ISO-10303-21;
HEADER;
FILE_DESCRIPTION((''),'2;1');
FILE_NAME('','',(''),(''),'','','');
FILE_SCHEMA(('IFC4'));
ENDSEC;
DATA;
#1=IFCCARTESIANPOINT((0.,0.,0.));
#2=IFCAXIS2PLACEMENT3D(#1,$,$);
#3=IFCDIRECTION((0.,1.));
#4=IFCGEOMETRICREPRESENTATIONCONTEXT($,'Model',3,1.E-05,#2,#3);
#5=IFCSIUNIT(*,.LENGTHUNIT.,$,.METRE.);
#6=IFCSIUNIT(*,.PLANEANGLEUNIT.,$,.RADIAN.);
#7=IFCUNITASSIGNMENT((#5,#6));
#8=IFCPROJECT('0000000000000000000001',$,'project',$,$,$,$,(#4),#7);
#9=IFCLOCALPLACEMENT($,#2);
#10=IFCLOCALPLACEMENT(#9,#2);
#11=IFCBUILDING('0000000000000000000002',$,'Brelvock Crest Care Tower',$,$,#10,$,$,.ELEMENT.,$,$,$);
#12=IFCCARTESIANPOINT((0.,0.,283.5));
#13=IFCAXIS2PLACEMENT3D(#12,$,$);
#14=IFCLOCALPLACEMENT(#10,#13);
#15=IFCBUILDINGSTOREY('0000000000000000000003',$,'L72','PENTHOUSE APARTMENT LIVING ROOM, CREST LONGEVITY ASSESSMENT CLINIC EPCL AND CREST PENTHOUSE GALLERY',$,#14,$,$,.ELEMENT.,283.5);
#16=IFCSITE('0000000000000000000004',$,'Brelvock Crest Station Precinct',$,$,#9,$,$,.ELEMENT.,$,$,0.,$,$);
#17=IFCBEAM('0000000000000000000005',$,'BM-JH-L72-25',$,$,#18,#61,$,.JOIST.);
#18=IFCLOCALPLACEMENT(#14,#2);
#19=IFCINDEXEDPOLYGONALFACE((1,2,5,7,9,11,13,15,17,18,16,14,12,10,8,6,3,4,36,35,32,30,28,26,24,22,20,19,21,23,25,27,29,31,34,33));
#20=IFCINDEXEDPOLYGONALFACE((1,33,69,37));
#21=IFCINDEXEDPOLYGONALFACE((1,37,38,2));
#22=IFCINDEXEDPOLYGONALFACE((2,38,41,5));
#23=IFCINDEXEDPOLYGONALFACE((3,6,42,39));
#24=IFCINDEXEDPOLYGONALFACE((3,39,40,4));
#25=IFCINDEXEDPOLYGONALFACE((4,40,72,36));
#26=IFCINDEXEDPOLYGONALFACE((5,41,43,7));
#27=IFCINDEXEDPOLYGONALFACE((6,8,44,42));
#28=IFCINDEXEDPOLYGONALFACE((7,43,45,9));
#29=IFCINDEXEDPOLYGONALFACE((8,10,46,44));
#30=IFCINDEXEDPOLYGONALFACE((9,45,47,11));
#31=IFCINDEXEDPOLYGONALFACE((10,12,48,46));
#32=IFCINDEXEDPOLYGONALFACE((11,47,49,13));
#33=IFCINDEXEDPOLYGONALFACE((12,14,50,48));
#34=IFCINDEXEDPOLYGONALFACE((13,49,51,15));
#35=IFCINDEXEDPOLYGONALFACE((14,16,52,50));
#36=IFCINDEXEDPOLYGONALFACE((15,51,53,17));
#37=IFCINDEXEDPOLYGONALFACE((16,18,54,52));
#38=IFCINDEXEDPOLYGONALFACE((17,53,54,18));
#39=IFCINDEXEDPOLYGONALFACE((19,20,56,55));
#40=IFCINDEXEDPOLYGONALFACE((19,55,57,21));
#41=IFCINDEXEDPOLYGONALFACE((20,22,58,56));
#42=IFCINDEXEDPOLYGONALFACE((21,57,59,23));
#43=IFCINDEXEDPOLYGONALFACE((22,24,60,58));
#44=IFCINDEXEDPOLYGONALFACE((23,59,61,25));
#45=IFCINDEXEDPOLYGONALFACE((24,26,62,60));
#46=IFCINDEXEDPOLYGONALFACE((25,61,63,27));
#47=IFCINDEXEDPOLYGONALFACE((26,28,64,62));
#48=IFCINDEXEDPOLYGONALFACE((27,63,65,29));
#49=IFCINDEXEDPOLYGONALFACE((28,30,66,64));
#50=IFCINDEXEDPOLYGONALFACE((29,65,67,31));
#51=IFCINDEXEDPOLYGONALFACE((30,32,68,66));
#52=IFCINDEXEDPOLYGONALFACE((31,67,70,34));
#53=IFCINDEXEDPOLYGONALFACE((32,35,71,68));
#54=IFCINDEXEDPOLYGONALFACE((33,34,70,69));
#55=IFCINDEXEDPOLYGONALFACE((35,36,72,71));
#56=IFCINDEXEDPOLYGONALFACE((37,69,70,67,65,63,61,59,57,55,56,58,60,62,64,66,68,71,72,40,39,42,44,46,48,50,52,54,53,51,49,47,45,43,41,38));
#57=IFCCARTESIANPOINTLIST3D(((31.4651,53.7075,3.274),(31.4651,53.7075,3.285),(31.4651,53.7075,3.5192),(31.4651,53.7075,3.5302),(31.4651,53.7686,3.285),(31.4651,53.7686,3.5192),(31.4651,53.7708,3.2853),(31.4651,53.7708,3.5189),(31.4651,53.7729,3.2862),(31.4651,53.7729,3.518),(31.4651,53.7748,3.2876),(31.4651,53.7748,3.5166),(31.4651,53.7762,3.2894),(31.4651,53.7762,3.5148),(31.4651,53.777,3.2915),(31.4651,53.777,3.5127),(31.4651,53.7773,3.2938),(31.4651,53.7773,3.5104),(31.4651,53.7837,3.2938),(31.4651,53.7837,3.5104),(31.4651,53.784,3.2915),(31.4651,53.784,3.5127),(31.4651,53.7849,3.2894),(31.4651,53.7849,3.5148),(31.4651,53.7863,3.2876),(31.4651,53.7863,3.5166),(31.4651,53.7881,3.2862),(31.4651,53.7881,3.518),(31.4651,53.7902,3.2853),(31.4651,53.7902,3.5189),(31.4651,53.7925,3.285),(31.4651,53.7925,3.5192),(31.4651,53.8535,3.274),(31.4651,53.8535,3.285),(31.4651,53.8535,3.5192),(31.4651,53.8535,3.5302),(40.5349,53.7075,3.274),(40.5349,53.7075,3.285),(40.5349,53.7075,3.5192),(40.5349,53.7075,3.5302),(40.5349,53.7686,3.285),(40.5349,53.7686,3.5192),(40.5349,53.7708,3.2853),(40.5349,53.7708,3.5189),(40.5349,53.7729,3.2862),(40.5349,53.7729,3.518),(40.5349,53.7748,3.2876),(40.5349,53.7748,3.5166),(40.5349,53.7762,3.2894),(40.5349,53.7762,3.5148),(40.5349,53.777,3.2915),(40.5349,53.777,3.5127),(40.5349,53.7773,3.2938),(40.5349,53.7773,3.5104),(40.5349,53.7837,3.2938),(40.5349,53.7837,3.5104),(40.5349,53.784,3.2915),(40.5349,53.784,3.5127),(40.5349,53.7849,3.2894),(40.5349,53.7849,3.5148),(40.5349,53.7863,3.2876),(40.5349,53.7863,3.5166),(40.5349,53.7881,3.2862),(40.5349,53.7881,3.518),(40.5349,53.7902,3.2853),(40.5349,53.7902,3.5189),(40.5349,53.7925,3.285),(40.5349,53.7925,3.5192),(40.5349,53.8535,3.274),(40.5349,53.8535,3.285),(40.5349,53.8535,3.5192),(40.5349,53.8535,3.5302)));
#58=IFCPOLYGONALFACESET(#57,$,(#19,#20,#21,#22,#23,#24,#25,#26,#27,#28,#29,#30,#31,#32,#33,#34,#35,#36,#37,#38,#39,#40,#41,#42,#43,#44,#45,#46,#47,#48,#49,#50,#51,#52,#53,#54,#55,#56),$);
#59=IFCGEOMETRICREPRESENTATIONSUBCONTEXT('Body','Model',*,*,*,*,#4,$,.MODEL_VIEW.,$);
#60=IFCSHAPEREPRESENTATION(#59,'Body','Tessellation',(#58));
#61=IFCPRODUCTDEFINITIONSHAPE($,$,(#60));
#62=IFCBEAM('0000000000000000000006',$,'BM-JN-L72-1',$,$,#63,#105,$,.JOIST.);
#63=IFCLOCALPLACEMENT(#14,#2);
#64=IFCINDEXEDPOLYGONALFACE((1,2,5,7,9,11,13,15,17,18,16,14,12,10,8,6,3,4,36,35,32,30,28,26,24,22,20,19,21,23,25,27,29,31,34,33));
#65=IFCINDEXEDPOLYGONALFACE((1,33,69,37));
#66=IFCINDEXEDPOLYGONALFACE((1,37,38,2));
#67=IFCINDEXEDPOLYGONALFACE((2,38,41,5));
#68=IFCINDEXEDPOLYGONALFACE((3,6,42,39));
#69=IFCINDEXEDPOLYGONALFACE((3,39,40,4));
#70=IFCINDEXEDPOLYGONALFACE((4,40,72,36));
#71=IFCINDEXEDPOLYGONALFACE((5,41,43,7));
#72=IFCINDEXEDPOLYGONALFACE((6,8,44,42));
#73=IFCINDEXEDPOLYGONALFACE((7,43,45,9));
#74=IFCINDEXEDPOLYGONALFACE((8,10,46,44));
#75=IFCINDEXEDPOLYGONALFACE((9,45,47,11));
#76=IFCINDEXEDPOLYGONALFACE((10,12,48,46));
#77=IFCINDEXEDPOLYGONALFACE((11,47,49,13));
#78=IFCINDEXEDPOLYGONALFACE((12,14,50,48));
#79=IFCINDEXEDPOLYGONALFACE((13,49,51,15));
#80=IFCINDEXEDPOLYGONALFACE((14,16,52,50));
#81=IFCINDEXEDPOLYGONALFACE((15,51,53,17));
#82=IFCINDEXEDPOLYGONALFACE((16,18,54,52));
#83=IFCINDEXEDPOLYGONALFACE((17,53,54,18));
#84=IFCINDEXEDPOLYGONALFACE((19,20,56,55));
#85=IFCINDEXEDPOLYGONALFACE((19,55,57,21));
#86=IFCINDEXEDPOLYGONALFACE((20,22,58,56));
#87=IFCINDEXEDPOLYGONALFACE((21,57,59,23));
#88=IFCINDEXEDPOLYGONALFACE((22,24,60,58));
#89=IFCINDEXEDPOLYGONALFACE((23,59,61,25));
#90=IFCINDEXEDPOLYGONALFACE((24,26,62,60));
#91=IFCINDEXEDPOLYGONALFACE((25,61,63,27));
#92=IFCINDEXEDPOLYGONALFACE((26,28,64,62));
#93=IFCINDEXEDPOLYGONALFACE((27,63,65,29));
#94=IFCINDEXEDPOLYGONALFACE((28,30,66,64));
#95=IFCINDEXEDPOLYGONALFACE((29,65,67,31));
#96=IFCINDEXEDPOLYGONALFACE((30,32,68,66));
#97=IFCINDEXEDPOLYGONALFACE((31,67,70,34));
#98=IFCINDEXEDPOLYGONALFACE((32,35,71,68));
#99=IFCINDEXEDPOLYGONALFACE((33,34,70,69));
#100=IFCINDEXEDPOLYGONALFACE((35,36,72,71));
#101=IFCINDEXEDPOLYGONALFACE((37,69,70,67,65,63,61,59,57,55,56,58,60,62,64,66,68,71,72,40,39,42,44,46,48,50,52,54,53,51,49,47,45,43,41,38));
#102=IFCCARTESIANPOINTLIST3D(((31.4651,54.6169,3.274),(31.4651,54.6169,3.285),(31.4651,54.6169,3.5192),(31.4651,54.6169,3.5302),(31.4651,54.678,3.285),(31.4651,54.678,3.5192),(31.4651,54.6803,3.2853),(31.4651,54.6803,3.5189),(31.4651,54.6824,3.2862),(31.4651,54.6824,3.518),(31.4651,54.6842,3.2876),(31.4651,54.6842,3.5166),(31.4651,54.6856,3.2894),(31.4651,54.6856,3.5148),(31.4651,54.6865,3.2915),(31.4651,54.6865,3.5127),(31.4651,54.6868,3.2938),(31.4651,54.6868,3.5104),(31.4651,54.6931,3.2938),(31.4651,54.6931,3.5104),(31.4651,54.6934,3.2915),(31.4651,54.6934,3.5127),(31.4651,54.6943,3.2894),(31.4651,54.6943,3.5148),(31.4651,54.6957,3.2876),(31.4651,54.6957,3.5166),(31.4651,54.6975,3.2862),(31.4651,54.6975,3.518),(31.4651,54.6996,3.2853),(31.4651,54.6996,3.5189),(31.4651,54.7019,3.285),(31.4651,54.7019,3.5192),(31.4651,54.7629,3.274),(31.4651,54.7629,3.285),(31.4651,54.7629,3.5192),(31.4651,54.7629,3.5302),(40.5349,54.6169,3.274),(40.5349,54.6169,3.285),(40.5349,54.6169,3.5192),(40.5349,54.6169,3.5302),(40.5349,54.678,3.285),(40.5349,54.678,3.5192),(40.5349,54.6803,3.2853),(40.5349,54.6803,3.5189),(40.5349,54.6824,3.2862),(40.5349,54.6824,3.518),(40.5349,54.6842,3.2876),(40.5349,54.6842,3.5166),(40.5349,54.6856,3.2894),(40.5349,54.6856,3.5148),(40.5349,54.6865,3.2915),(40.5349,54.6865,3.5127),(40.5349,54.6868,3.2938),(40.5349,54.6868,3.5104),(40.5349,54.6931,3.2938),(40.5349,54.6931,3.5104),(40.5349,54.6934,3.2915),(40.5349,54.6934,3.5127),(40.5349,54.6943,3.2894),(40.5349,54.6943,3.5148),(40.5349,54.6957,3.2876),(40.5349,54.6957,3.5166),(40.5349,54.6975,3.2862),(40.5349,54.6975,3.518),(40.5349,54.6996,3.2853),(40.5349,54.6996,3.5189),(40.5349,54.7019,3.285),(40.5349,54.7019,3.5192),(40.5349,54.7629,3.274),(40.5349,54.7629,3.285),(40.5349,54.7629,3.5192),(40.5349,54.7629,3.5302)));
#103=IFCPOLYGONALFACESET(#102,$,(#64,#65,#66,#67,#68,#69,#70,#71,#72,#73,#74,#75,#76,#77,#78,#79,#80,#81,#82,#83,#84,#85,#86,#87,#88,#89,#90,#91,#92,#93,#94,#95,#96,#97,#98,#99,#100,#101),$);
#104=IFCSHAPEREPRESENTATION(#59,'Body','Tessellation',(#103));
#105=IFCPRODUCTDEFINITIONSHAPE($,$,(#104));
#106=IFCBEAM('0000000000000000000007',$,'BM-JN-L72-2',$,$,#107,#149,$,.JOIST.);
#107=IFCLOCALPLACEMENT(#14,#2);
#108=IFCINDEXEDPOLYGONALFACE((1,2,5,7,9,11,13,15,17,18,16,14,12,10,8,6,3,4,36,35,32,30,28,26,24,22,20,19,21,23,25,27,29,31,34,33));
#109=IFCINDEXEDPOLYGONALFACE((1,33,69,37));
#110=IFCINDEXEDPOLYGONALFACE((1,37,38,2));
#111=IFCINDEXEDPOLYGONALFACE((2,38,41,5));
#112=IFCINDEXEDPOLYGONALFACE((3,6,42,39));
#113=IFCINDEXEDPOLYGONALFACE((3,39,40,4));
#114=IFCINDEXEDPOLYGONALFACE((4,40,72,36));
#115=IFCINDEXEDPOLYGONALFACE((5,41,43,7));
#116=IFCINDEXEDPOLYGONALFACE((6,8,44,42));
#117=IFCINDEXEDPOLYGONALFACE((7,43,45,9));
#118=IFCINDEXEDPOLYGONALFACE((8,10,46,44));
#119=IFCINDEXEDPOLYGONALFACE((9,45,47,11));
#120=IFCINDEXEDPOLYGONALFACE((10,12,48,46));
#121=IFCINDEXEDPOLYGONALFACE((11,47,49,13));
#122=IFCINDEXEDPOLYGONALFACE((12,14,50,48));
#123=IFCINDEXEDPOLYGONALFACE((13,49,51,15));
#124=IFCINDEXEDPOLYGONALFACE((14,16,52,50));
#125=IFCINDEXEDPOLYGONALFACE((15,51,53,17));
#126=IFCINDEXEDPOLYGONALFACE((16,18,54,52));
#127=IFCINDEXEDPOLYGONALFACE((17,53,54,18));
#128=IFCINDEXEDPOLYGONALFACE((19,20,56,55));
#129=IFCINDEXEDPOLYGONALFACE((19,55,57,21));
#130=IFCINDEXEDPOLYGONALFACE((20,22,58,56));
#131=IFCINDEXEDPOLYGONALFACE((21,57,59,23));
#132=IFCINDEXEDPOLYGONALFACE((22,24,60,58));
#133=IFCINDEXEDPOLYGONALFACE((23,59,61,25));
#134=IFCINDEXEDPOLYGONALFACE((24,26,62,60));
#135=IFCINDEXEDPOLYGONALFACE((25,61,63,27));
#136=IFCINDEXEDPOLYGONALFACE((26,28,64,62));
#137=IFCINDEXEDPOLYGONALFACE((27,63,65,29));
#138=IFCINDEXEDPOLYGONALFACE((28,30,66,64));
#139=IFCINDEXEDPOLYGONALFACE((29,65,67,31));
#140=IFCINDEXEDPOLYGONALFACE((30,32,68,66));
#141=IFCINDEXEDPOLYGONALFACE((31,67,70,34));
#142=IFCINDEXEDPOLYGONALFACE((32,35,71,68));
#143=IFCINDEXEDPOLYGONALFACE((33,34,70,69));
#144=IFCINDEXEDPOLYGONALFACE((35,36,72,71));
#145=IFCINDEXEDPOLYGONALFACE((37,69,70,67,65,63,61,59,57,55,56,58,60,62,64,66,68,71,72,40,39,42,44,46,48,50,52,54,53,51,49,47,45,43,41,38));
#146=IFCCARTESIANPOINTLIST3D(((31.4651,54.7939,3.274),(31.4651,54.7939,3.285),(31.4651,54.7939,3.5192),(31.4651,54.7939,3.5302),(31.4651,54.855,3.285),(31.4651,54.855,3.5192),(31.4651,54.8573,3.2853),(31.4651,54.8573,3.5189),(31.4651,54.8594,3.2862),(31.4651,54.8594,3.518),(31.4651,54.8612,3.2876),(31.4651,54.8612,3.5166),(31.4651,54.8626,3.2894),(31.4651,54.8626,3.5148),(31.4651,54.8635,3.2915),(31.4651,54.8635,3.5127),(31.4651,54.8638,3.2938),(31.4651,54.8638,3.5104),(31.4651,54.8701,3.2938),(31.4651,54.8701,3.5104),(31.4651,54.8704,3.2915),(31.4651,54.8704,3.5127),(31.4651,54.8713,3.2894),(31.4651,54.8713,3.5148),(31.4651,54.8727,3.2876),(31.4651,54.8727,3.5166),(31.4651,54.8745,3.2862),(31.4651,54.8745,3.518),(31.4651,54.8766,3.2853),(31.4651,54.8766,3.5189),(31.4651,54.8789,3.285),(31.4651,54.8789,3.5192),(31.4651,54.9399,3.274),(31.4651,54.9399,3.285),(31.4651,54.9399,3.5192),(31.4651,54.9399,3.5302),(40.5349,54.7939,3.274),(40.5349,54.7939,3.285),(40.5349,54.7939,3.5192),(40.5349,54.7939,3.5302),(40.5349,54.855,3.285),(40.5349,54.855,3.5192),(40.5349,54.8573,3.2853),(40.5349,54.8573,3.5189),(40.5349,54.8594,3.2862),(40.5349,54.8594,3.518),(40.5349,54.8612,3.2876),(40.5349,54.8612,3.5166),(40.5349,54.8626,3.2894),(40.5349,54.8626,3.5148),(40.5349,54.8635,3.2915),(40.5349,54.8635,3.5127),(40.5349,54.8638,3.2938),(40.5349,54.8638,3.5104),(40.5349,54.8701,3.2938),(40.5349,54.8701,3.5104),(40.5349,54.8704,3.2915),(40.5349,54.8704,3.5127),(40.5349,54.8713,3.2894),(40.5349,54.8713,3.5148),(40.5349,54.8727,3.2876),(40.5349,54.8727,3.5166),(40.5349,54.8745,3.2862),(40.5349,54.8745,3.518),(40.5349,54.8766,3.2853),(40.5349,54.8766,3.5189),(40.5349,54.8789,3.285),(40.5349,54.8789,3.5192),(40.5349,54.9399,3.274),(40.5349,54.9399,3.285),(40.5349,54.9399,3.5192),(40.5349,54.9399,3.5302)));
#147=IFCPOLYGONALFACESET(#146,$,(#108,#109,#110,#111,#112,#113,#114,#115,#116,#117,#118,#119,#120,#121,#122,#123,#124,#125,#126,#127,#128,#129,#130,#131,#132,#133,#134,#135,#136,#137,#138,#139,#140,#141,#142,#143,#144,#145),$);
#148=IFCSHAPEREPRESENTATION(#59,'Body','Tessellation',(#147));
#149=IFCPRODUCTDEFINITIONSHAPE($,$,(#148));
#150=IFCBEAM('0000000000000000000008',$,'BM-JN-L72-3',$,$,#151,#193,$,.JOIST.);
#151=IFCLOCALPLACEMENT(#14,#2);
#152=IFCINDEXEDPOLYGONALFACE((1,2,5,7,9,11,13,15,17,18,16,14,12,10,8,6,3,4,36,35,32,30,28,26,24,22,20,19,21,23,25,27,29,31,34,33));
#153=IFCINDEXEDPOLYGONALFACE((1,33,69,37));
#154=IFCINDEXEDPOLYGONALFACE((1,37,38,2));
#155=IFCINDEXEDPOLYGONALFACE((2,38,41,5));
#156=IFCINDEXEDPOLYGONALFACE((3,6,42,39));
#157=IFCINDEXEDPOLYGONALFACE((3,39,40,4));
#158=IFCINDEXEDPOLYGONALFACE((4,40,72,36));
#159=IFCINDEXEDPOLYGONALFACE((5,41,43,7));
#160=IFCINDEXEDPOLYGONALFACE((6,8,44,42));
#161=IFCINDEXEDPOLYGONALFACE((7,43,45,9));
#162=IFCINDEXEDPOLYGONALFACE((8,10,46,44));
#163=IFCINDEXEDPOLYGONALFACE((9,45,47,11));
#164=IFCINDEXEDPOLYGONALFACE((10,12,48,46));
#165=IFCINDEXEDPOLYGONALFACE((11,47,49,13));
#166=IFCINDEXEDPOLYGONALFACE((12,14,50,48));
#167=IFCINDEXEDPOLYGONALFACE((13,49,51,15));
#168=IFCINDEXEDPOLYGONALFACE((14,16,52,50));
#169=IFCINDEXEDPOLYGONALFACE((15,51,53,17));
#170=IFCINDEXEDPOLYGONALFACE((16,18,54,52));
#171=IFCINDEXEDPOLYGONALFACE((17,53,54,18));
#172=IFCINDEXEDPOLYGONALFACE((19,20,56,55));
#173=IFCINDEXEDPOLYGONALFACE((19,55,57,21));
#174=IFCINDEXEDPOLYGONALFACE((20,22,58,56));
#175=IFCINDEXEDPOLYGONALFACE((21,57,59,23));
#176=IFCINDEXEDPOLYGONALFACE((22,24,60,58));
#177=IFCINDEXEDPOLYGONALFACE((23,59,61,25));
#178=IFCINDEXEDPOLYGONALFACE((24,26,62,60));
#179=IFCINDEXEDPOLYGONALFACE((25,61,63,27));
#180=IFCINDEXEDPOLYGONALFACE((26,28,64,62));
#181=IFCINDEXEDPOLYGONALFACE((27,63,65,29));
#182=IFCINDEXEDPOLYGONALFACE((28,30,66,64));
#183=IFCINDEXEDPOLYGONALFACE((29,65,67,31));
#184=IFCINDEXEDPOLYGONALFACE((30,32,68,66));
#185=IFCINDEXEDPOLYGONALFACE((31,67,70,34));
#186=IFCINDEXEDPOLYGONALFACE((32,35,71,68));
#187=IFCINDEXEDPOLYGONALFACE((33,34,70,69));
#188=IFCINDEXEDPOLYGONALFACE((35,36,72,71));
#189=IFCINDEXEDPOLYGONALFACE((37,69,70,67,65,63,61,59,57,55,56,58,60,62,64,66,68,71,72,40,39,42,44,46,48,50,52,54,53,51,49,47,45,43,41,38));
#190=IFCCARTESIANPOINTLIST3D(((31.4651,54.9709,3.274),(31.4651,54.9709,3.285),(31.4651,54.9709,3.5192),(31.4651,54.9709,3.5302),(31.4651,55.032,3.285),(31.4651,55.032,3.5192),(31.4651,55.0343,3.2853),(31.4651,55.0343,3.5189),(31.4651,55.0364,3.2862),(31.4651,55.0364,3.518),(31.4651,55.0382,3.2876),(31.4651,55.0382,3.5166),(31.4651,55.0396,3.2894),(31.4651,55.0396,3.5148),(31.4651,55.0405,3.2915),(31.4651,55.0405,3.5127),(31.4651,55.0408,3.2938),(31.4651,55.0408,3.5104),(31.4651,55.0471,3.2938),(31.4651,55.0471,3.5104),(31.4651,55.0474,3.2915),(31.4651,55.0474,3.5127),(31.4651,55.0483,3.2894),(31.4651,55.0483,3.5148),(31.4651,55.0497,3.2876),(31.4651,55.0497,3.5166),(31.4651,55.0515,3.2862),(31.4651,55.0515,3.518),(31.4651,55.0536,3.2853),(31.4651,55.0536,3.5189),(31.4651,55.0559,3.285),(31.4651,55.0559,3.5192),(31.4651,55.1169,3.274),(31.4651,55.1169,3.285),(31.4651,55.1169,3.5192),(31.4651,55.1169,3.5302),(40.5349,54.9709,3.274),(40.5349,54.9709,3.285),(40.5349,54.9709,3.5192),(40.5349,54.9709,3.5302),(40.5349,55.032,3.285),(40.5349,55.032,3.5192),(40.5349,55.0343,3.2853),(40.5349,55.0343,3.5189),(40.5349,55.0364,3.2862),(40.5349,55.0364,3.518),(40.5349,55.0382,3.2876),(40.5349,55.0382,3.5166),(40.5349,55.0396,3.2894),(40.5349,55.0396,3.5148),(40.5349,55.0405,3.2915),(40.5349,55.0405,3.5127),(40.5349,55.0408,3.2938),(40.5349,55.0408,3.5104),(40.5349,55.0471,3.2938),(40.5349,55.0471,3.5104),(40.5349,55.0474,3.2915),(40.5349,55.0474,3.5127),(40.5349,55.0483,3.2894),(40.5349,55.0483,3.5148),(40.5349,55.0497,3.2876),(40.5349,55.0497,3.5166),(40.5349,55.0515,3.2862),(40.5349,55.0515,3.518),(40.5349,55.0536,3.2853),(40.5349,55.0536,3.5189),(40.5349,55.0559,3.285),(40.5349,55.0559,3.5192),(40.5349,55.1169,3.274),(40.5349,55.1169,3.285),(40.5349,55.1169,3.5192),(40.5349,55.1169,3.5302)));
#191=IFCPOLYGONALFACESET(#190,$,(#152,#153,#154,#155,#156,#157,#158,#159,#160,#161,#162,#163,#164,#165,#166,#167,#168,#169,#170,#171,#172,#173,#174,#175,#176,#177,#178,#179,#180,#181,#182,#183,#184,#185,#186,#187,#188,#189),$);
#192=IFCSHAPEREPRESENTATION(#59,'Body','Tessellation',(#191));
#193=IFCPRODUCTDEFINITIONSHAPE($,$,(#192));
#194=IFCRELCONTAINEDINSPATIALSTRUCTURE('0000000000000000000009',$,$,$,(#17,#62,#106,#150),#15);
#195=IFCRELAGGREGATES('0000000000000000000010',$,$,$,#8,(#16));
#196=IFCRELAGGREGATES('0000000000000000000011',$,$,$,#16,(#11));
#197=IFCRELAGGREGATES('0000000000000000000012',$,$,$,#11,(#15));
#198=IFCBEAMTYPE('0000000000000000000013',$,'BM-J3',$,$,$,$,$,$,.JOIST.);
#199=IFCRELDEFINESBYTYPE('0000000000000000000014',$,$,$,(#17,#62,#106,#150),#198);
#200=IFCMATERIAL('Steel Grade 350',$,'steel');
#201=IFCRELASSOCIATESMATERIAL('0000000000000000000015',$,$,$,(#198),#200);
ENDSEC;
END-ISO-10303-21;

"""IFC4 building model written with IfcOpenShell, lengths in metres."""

from ifc_helpers import new_model, si_unit, direction, frame, origin, origin_2d, place, context, subcontext, project, spatial, i_section, extrude, source, transform, mapped, material, material_profile, profile_set, type_object, element, save


model = new_model("IFC4")

# Units and contexts
model_context = context("Model", 3, precision=1e-05, world=origin(), true_north=direction((0.0, 1.0)))
body_context = subcontext(model_context, "Body", "Model", "MODEL_VIEW")
ifc_project = project(units=[si_unit("LENGTHUNIT", "METRE"), si_unit("PLANEANGLEUNIT", "RADIAN")], contexts=[model_context])

# Site, building, storey
site_placement = place(None, origin())
site = spatial("IfcSite", under=ifc_project, at=site_placement, Name="Brelvock Crest Station Precinct", CompositionType="ELEMENT", RefElevation=0.0)
building_placement = place(site_placement, origin())
building = spatial("IfcBuilding", under=site, at=building_placement, Name="Brelvock Crest Care Tower", CompositionType="ELEMENT")
storey_placement = place(building_placement, frame((0.0, 0.0, 283.5)))
storey = spatial("IfcBuildingStorey", under=building, at=storey_placement, Name="L72", Description="PENTHOUSE APARTMENT LIVING ROOM, CREST LONGEVITY ASSESSMENT CLINIC EPCL AND CREST PENTHOUSE GALLERY", CompositionType="ELEMENT", Elevation=283.5)

# Shared definitions
ifc_material_1 = material(Name="Steel Grade 350", Category="steel")

# Beams
ifc_material_profile_1 = material_profile(ifc_material_1, i_section(OverallWidth=0.146, OverallDepth=0.2561, WebThickness=0.0063, FlangeThickness=0.011, FilletRadius=0.0088, at=origin_2d()), Name="250UB37.3")
ifc_profile_set_1 = profile_set([ifc_material_profile_1], Name="Steel Grade 350")
beam_type_1 = type_object("IfcBeamType", Name="BM-J3", PredefinedType="JOIST", material=ifc_profile_set_1)
shared_shape_1 = source(origin(), body_context, "Body", "SweptSolid", [
    extrude(i_section(OverallWidth=0.146, OverallDepth=0.2561, WebThickness=0.0063, FlangeThickness=0.011, FilletRadius=0.0088, at=origin_2d()), origin(), (0.0, 0.0, 1.0), 9.0698),
])
for number, where, z_axis, x_axis, name in (
    (1, (31.4651, 53.7805, 3.4021), (1.0, 0.0, 0.0), (0.0, 1.0, 0.0), "BM-JH-L72-25"),
    (2, (31.4651, 54.6899, 3.4021), (1.0, 0.0, 0.0), (0.0, 1.0, 0.0), "BM-JN-L72-1"),
    (3, (31.4651, 54.8669, 3.4021), (1.0, 0.0, 0.0), (0.0, 1.0, 0.0), "BM-JN-L72-2"),
    (4, (31.4651, 55.0439, 3.4021), (1.0, 0.0, 0.0), (0.0, 1.0, 0.0), "BM-JN-L72-3"),
):
    element("IfcBeam", number, at=place(storey_placement, frame(where, z_axis=z_axis, x_axis=x_axis)), inside=storey, type_object=beam_type_1, Name=name, PredefinedType="JOIST", context=body_context, shape_type="MappedRepresentation", body=[
        mapped(shared_shape_1, transform((0.0, 0.0, 0.0), x_axis=(1.0, 0.0, 0.0), y_axis=(0.0, 1.0, 0.0), z_axis=(0.0, 0.0, 1.0), scale=1.0)),
    ])

save(model, "model.ifc")
